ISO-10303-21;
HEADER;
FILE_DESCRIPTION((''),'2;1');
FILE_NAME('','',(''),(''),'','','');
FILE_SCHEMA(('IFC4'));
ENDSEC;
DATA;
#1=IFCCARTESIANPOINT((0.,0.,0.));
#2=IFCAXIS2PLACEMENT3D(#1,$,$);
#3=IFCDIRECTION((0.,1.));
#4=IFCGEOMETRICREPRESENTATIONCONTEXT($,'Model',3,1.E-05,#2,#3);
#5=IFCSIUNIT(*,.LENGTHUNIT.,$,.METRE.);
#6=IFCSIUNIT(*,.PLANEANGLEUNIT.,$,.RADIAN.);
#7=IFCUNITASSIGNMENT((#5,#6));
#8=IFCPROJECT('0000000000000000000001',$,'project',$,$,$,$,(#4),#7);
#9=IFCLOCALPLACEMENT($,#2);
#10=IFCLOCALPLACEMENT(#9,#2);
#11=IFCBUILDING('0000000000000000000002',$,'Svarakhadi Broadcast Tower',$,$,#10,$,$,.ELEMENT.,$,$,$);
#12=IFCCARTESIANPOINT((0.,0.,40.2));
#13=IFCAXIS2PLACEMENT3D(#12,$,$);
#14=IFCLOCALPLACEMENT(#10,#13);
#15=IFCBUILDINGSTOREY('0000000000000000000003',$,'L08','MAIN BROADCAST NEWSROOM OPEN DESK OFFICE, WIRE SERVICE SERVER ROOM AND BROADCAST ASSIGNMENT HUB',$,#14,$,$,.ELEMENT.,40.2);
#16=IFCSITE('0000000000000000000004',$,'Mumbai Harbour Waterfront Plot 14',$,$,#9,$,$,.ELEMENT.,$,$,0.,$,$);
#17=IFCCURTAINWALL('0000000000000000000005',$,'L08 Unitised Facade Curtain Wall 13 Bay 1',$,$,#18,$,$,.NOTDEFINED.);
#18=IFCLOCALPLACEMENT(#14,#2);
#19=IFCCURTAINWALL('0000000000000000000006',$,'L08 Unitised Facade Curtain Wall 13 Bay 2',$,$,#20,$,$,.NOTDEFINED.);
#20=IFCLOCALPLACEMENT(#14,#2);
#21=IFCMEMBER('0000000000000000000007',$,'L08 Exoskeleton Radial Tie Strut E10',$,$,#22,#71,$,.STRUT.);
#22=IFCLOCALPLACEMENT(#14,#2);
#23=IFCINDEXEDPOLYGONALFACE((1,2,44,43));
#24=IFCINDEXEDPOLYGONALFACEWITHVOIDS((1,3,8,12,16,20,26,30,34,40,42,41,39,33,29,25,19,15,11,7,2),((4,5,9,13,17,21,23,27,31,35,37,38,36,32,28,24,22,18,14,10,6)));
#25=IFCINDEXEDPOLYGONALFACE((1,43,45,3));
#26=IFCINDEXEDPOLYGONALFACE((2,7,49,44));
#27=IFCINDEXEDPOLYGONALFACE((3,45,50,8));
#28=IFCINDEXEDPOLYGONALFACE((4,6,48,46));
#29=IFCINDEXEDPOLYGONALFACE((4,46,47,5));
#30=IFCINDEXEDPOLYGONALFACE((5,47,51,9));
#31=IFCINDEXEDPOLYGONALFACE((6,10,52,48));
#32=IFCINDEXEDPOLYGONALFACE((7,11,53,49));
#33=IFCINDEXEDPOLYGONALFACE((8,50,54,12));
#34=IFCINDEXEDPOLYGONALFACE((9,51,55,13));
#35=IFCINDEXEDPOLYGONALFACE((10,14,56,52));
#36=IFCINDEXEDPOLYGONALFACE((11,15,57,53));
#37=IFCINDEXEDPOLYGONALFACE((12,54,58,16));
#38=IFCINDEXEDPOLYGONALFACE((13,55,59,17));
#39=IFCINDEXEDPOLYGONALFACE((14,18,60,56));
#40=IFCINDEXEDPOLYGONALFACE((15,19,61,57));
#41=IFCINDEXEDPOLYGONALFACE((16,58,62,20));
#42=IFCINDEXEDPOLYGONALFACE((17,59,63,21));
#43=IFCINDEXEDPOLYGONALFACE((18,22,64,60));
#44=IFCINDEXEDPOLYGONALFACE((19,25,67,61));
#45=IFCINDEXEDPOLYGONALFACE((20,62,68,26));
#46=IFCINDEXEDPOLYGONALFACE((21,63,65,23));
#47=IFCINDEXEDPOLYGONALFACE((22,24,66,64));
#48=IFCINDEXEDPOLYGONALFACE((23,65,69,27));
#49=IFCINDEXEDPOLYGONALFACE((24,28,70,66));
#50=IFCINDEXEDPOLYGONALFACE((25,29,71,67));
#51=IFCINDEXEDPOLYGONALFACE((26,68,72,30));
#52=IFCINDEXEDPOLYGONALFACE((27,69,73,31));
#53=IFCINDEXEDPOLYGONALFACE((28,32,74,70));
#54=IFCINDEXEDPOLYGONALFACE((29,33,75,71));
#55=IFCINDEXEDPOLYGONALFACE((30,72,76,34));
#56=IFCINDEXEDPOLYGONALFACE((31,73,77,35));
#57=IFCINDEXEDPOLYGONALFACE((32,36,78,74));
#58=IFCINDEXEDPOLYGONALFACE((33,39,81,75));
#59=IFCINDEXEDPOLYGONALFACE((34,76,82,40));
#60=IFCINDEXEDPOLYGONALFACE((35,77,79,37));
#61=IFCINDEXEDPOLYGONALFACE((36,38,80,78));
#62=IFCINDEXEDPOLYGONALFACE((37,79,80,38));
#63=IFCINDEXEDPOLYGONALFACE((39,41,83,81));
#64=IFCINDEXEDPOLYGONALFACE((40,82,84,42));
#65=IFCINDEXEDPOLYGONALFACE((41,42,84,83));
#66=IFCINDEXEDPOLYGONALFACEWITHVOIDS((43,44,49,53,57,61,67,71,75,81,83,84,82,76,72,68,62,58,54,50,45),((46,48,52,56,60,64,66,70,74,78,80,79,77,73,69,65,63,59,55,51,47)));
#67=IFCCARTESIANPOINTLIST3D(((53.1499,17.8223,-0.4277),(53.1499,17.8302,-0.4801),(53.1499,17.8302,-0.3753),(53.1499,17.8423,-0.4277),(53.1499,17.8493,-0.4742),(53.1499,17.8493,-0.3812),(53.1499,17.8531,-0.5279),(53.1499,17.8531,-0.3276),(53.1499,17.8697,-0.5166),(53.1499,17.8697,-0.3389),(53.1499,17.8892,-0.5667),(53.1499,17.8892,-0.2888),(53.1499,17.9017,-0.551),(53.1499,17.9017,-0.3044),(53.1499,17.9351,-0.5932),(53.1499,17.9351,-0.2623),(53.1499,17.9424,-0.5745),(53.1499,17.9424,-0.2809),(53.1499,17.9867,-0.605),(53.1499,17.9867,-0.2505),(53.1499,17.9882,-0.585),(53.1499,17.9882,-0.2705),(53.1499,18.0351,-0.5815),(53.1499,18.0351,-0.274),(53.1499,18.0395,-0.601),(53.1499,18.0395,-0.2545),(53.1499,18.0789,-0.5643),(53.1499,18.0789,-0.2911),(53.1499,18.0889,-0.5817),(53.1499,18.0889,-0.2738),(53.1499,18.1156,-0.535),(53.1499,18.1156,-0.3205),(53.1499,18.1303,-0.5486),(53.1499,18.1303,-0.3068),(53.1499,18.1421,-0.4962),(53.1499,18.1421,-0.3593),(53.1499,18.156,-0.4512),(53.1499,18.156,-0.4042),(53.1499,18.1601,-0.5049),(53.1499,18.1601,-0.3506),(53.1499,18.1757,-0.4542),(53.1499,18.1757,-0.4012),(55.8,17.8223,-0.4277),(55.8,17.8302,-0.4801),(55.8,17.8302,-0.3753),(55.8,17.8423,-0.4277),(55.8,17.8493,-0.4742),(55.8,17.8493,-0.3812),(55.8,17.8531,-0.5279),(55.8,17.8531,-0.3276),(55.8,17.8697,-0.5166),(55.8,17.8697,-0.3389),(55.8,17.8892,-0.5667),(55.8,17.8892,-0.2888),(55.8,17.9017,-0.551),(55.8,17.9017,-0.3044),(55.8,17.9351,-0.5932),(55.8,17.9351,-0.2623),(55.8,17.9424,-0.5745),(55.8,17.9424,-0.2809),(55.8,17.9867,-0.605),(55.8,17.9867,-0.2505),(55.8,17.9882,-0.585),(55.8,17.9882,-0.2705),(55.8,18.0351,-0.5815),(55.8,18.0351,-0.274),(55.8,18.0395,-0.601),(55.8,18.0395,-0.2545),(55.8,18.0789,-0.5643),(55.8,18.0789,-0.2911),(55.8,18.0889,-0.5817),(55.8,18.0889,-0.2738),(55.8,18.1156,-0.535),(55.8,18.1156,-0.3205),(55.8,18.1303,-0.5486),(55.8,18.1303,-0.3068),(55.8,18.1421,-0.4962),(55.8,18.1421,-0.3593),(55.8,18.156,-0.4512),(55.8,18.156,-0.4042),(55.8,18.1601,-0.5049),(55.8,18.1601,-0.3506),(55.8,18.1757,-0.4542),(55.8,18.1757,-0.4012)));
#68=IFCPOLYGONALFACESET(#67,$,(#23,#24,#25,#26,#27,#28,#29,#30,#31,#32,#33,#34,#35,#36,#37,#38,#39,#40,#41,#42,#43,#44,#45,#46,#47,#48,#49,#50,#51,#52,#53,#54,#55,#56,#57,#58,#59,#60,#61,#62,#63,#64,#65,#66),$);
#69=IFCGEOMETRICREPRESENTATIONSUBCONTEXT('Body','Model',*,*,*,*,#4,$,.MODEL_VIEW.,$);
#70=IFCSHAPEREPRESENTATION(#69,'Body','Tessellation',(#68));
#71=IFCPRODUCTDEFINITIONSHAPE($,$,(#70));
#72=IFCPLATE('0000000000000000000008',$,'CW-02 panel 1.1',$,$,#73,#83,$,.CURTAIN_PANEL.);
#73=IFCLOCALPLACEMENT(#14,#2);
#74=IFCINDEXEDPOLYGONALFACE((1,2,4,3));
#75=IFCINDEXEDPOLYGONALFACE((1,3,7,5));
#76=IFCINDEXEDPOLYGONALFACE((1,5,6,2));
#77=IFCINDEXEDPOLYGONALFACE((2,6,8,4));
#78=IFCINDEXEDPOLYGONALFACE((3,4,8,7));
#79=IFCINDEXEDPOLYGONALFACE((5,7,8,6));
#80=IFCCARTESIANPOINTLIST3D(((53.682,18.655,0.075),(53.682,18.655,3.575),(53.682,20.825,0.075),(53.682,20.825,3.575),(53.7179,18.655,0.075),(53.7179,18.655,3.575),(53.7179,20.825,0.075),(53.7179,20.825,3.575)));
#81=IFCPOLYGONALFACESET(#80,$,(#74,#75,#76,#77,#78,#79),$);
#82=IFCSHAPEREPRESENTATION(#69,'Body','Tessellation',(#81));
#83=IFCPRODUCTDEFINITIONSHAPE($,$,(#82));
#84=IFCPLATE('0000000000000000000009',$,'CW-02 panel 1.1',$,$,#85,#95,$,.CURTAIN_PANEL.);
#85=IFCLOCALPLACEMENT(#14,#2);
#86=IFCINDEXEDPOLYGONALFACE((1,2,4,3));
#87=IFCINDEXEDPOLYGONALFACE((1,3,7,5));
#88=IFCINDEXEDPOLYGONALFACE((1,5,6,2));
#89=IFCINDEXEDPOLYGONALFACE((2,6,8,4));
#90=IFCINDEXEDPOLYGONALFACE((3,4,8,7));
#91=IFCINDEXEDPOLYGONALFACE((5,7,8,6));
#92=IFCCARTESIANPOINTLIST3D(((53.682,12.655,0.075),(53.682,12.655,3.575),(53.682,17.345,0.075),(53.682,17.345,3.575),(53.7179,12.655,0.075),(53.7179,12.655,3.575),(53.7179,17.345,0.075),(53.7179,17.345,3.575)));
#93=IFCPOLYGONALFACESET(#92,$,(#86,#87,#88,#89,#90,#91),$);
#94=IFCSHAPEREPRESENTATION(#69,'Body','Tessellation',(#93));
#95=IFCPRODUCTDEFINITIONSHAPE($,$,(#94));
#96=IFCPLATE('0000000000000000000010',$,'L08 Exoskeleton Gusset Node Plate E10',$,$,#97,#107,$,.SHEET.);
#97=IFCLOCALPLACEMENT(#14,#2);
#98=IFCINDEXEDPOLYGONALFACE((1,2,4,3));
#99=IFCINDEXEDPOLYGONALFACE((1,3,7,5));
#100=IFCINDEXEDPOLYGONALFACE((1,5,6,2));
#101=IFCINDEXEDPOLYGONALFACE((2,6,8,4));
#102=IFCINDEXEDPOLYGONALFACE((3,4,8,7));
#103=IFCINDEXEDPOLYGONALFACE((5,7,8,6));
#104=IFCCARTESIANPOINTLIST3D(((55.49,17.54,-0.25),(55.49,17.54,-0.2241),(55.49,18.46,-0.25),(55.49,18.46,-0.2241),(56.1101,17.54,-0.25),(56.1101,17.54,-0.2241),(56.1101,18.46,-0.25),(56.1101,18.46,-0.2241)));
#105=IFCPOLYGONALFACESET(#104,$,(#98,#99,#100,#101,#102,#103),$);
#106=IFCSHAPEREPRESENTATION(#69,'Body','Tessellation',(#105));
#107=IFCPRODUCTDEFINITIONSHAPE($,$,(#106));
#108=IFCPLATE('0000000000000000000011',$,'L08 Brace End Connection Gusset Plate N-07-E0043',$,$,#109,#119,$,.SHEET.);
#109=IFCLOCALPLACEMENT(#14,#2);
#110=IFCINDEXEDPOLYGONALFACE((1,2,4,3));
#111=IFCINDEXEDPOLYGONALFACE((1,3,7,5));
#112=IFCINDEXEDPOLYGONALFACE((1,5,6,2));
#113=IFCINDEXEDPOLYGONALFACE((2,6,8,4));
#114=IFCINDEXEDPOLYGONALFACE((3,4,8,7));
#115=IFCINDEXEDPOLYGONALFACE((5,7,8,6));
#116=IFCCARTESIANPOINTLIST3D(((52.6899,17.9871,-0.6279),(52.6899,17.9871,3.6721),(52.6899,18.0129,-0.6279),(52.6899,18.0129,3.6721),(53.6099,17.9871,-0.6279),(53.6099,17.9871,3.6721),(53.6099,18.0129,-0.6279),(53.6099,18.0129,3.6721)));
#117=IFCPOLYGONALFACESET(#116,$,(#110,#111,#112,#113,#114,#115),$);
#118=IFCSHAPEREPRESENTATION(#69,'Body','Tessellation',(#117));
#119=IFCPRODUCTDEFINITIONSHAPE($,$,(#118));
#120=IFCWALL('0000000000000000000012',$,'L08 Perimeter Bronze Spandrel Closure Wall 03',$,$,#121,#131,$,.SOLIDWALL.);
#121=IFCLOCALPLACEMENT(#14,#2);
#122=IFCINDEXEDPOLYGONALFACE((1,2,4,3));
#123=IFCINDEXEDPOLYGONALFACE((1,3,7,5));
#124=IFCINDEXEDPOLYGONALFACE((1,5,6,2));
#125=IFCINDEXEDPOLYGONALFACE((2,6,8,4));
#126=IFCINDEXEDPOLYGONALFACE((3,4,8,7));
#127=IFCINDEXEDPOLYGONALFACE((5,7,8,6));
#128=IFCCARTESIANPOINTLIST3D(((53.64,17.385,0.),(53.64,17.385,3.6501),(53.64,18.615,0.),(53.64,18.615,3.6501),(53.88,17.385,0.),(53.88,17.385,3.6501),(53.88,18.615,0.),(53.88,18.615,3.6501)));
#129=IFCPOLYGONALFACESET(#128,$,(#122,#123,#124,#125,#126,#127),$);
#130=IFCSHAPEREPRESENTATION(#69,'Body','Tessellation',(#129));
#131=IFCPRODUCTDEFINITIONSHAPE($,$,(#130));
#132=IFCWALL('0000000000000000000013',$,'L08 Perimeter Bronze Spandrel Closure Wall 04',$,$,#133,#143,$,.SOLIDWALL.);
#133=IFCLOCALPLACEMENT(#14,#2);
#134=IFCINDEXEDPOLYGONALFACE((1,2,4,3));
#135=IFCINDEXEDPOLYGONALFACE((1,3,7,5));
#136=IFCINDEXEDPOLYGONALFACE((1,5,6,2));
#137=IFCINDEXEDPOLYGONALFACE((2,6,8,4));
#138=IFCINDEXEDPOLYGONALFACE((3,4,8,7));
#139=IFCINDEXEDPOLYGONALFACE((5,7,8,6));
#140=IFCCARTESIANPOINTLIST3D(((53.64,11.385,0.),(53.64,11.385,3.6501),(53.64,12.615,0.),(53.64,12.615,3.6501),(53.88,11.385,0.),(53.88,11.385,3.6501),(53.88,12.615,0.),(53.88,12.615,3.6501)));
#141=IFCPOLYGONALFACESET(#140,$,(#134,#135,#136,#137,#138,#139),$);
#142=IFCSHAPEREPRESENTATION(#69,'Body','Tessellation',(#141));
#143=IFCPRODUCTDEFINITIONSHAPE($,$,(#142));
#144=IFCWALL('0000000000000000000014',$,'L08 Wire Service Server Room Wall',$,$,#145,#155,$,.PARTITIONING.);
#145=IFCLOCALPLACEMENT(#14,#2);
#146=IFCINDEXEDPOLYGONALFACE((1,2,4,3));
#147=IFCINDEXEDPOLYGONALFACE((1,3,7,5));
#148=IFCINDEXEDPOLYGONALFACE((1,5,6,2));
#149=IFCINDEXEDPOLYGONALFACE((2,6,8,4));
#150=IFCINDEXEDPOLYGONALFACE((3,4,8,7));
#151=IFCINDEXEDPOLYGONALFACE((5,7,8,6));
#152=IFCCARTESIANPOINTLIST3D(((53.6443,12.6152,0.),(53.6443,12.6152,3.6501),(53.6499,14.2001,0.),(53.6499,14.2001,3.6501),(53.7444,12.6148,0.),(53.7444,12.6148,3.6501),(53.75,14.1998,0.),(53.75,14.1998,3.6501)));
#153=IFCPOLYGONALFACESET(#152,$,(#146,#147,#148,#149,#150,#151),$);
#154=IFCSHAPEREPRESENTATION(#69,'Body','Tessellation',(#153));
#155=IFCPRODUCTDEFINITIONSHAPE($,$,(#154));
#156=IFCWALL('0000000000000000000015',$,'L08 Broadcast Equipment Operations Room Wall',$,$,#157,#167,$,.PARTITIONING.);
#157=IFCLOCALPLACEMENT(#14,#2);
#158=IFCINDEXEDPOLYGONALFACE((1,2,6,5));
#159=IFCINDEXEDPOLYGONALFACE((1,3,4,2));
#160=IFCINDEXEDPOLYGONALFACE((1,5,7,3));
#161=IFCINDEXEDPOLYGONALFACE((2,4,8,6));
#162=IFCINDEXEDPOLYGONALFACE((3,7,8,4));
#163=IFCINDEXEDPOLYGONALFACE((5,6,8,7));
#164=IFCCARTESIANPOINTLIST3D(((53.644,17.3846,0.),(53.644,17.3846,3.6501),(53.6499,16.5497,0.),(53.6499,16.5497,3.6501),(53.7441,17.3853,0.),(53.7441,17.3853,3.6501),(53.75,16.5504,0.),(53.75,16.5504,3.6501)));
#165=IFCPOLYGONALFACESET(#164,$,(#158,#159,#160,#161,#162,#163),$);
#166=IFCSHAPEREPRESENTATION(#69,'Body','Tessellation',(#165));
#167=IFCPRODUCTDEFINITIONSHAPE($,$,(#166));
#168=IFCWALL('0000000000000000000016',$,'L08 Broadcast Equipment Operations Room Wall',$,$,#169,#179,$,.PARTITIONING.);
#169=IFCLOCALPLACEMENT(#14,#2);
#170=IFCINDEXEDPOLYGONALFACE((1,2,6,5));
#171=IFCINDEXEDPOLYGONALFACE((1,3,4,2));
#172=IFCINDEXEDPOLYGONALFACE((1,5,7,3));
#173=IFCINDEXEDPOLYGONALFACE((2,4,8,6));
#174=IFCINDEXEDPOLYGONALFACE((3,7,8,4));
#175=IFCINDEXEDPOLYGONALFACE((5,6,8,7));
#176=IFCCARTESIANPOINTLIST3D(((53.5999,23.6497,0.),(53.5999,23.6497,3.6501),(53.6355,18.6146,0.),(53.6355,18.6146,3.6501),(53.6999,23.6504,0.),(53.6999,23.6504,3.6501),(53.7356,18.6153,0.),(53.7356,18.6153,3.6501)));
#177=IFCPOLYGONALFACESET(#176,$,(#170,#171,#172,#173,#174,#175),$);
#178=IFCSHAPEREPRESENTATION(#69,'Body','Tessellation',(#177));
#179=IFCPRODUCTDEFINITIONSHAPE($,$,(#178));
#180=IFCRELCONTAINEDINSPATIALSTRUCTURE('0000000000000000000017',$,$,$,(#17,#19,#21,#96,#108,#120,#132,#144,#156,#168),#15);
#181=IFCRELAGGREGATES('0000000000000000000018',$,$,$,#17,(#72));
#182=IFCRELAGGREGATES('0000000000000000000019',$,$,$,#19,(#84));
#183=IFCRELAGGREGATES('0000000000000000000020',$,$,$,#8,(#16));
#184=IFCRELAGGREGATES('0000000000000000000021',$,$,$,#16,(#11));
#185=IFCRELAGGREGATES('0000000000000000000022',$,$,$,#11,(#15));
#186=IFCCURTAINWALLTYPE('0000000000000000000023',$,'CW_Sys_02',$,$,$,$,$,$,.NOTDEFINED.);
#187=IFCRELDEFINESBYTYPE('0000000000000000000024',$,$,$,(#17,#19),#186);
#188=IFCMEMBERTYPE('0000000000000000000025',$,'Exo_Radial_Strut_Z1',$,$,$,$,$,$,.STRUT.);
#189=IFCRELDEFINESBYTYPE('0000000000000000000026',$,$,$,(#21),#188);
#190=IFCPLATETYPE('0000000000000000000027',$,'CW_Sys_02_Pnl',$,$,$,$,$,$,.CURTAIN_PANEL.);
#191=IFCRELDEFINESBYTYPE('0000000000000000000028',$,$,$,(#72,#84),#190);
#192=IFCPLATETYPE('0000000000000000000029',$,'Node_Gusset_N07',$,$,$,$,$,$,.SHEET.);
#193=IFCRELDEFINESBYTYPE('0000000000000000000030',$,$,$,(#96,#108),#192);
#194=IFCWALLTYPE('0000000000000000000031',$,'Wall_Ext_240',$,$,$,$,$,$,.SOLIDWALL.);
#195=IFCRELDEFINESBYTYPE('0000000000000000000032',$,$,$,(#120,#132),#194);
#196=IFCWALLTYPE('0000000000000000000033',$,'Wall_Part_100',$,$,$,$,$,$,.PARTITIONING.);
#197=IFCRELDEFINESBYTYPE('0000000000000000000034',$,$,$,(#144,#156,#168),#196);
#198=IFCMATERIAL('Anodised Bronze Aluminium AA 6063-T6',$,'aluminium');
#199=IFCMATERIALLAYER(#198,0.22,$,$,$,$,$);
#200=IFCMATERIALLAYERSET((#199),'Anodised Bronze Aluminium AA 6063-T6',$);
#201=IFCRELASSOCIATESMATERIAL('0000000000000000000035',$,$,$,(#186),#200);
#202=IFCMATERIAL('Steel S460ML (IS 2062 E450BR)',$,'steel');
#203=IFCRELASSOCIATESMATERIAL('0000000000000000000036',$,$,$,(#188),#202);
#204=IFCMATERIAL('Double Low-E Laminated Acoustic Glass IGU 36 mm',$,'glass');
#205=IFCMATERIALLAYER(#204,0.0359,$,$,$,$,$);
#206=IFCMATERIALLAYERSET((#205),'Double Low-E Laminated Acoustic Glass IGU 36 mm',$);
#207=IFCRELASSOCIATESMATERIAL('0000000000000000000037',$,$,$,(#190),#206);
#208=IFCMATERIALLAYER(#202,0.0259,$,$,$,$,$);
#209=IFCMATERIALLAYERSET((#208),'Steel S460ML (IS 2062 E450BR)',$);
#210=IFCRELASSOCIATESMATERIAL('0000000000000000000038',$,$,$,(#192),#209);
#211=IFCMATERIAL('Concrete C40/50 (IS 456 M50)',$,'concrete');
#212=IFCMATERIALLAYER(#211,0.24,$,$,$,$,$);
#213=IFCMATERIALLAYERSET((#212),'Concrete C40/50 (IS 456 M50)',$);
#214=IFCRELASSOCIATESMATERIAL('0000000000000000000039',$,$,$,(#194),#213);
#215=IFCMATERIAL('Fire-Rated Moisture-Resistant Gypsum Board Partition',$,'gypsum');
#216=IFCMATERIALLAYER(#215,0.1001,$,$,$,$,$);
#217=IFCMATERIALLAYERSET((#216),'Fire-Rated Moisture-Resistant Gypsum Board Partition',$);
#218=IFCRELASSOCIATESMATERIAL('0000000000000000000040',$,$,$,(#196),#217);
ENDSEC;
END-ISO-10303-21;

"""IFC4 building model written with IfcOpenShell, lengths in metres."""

from ifc_helpers import new_model, si_unit, direction, frame, frame_2d, origin, origin_2d, place, context, subcontext, project, spatial, rectangle, hollow_circle, extrude, material, layer, layer_set, material_profile, profile_set, type_object, element, aggregate, save


model = new_model("IFC4")

# Units and contexts
model_context = context("Model", 3, precision=1e-05, world=origin(), true_north=direction((0.0, 1.0)))
body_context = subcontext(model_context, "Body", "Model", "MODEL_VIEW")
ifc_project = project(units=[si_unit("LENGTHUNIT", "METRE"), si_unit("PLANEANGLEUNIT", "RADIAN")], contexts=[model_context])

# Site, building, storey
site_placement = place(None, origin())
site = spatial("IfcSite", under=ifc_project, at=site_placement, Name="Mumbai Harbour Waterfront Plot 14", CompositionType="ELEMENT", RefElevation=0.0)
building_placement = place(site_placement, origin())
building = spatial("IfcBuilding", under=site, at=building_placement, Name="Svarakhadi Broadcast Tower", CompositionType="ELEMENT")
storey_placement = place(building_placement, frame((0.0, 0.0, 40.2)))
storey = spatial("IfcBuildingStorey", under=building, at=storey_placement, Name="L08", Description="MAIN BROADCAST NEWSROOM OPEN DESK OFFICE, WIRE SERVICE SERVER ROOM AND BROADCAST ASSIGNMENT HUB", CompositionType="ELEMENT", Elevation=40.2)

# Curtain wall
ifc_material_1 = material(Name="Anodised Bronze Aluminium AA 6063-T6", Category="aluminium")
ifc_layer_1 = layer(ifc_material_1, 0.22)
ifc_layer_set_1 = layer_set([ifc_layer_1], Name="Anodised Bronze Aluminium AA 6063-T6")
curtain_wall_type = type_object("IfcCurtainWallType", Name="CW_Sys_02", PredefinedType="NOTDEFINED", material=ifc_layer_set_1)
curtain_wall_1_placement = place(storey_placement, origin())
curtain_wall_1 = element("IfcCurtainWall", 1, at=curtain_wall_1_placement, inside=storey, type_object=curtain_wall_type, Name="L08 Unitised Facade Curtain Wall 13 Bay 1", PredefinedType="NOTDEFINED")

# Curtain wall
curtain_wall_2_placement = place(storey_placement, origin())
curtain_wall_2 = element("IfcCurtainWall", 2, at=curtain_wall_2_placement, inside=storey, type_object=curtain_wall_type, Name="L08 Unitised Facade Curtain Wall 13 Bay 2", PredefinedType="NOTDEFINED")

# Member
ifc_material_2 = material(Name="Steel S460ML (IS 2062 E450BR)", Category="steel")
ifc_material_profile_1 = material_profile(ifc_material_2, hollow_circle(Radius=0.1777, WallThickness=0.02, at=origin_2d()), Name="CHS 355.6x20")
ifc_profile_set_1 = profile_set([ifc_material_profile_1], Name="Steel S460ML (IS 2062 E450BR)")
member_type_1 = type_object("IfcMemberType", Name="Exo_Radial_Strut_Z1", PredefinedType="STRUT", material=ifc_profile_set_1)
member_1_placement = place(storey_placement, frame((55.8, 18.0, -0.4277), z_axis=(-1.0, 0.0, 0.0), x_axis=(0.0, -1.0, 0.0)))
element("IfcMember", 3, at=member_1_placement, inside=storey, type_object=member_type_1, Name="L08 Exoskeleton Radial Tie Strut E10", PredefinedType="STRUT", context=body_context, shape_type="SweptSolid", body=[
    extrude(hollow_circle(Radius=0.1777, WallThickness=0.02, at=origin_2d()), origin(), (0.0, 0.0, 1.0), 2.6501),
])

# Plates
ifc_material_3 = material(Name="Double Low-E Laminated Acoustic Glass IGU 36 mm", Category="glass")
ifc_layer_2 = layer(ifc_material_3, 0.0359)
ifc_layer_set_2 = layer_set([ifc_layer_2], Name="Double Low-E Laminated Acoustic Glass IGU 36 mm")
plate_type_1 = type_object("IfcPlateType", Name="CW_Sys_02_Pnl", PredefinedType="CURTAIN_PANEL", material=ifc_layer_set_2)
plate_1_placement = place(storey_placement, frame((53.7, 19.74, 0.075), z_axis=(0.0, 0.0, 1.0), x_axis=(0.0, -1.0, 0.0)))
plate_1 = element("IfcPlate", 4, at=plate_1_placement, type_object=plate_type_1, Name="CW-02 panel 1.1", PredefinedType="CURTAIN_PANEL", context=body_context, shape_type="SweptSolid", body=[
    extrude(rectangle(XDim=2.1699, YDim=0.0359, at=origin_2d()), origin(), (0.0, 0.0, 1.0), 3.5),
])
aggregate(curtain_wall_1, [plate_1])
plate_2_placement = place(storey_placement, frame((53.7, 15.0, 0.075), z_axis=(0.0, 0.0, 1.0), x_axis=(0.0, -1.0, 0.0)))
plate_2 = element("IfcPlate", 5, at=plate_2_placement, type_object=plate_type_1, Name="CW-02 panel 1.1", PredefinedType="CURTAIN_PANEL", context=body_context, shape_type="SweptSolid", body=[
    extrude(rectangle(XDim=4.6899, YDim=0.0359, at=origin_2d()), origin(), (0.0, 0.0, 1.0), 3.5),
])
aggregate(curtain_wall_2, [plate_2])

# Plates
ifc_layer_3 = layer(ifc_material_2, 0.0259)
ifc_layer_set_3 = layer_set([ifc_layer_3], Name="Steel S460ML (IS 2062 E450BR)")
plate_type_2 = type_object("IfcPlateType", Name="Node_Gusset_N07", PredefinedType="SHEET", material=ifc_layer_set_3)
plate_3_placement = place(storey_placement, frame((55.8, 18.0, -0.25), z_axis=(0.0, 0.0, 1.0), x_axis=(0.0, 1.0, 0.0)))
element("IfcPlate", 6, at=plate_3_placement, inside=storey, type_object=plate_type_2, Name="L08 Exoskeleton Gusset Node Plate E10", PredefinedType="SHEET", context=body_context, shape_type="SweptSolid", body=[
    extrude(rectangle(XDim=0.9199, YDim=0.6201, at=origin_2d()), origin(), (0.0, 0.0, 1.0), 0.0259),
])
plate_4_placement = place(storey_placement, frame((53.1499, 18.0, -0.6279), z_axis=(0.0, 0.0, 1.0), x_axis=(1.0, 0.0, 0.0)))
element("IfcPlate", 7, at=plate_4_placement, inside=storey, type_object=plate_type_2, Name="L08 Brace End Connection Gusset Plate N-07-E0043", PredefinedType="SHEET", context=body_context, shape_type="SweptSolid", body=[
    extrude(rectangle(XDim=0.9199, YDim=0.0259, at=origin_2d()), origin(), (0.0, 0.0, 1.0), 4.3),
])

# Walls
ifc_material_4 = material(Name="Concrete C40/50 (IS 456 M50)", Category="concrete")
ifc_layer_4 = layer(ifc_material_4, 0.24)
ifc_layer_set_4 = layer_set([ifc_layer_4], Name="Concrete C40/50 (IS 456 M50)")
wall_type_1 = type_object("IfcWallType", Name="Wall_Ext_240", PredefinedType="SOLIDWALL", material=ifc_layer_set_4)
for number, where, z_axis, x_axis, name in (
    (8, (53.76, 18.615, 0.0), (0.0, 0.0, 1.0), (0.0, -1.0, 0.0), "L08 Perimeter Bronze Spandrel Closure Wall 03"),
    (9, (53.76, 12.615, 0.0), (0.0, 0.0, 1.0), (0.0, -1.0, 0.0), "L08 Perimeter Bronze Spandrel Closure Wall 04"),
):
    element("IfcWall", number, at=place(storey_placement, frame(where, z_axis=z_axis, x_axis=x_axis)), inside=storey, type_object=wall_type_1, Name=name, PredefinedType="SOLIDWALL", context=body_context, shape_type="SweptSolid", body=[
        extrude(rectangle(XDim=1.23, YDim=0.24, at=frame_2d((0.615, 0.0))), origin(), (0.0, 0.0, 1.0), 3.6501),
    ])
ifc_material_5 = material(Name="Fire-Rated Moisture-Resistant Gypsum Board Partition", Category="gypsum")
ifc_layer_5 = layer(ifc_material_5, 0.1001)
ifc_layer_set_5 = layer_set([ifc_layer_5], Name="Fire-Rated Moisture-Resistant Gypsum Board Partition")
wall_type_2 = type_object("IfcWallType", Name="Wall_Part_100", PredefinedType="PARTITIONING", material=ifc_layer_set_5)
wall_1_placement = place(storey_placement, frame((53.6943, 12.615, 0.0), z_axis=(0.0, 0.0, 1.0), x_axis=(0.003543, 0.999994, 0.0)))
element("IfcWall", 10, at=wall_1_placement, inside=storey, type_object=wall_type_2, Name="L08 Wire Service Server Room Wall", PredefinedType="PARTITIONING", context=body_context, shape_type="SweptSolid", body=[
    extrude(rectangle(XDim=1.585, YDim=0.1001, at=frame_2d((0.7925, 0.0))), origin(), (0.0, 0.0, 1.0), 3.6501),
])
wall_2_placement = place(storey_placement, frame((53.7, 16.55, 0.0), z_axis=(0.0, 0.0, 1.0), x_axis=(-0.007017, 0.999975, 0.0)))
element("IfcWall", 11, at=wall_2_placement, inside=storey, type_object=wall_type_2, Name="L08 Broadcast Equipment Operations Room Wall", PredefinedType="PARTITIONING", context=body_context, shape_type="SweptSolid", body=[
    extrude(rectangle(XDim=0.835, YDim=0.1001, at=frame_2d((0.4175, 0.0))), origin(), (0.0, 0.0, 1.0), 3.6501),
])
wall_3_placement = place(storey_placement, frame((53.6855, 18.615, 0.0), z_axis=(0.0, 0.0, 1.0), x_axis=(-0.007079, 0.999975, 0.0)))
element("IfcWall", 12, at=wall_3_placement, inside=storey, type_object=wall_type_2, Name="L08 Broadcast Equipment Operations Room Wall", PredefinedType="PARTITIONING", context=body_context, shape_type="SweptSolid", body=[
    extrude(rectangle(XDim=5.0352, YDim=0.1001, at=frame_2d((2.5176, 0.0))), origin(), (0.0, 0.0, 1.0), 3.6501),
])

save(model, "model.ifc")
